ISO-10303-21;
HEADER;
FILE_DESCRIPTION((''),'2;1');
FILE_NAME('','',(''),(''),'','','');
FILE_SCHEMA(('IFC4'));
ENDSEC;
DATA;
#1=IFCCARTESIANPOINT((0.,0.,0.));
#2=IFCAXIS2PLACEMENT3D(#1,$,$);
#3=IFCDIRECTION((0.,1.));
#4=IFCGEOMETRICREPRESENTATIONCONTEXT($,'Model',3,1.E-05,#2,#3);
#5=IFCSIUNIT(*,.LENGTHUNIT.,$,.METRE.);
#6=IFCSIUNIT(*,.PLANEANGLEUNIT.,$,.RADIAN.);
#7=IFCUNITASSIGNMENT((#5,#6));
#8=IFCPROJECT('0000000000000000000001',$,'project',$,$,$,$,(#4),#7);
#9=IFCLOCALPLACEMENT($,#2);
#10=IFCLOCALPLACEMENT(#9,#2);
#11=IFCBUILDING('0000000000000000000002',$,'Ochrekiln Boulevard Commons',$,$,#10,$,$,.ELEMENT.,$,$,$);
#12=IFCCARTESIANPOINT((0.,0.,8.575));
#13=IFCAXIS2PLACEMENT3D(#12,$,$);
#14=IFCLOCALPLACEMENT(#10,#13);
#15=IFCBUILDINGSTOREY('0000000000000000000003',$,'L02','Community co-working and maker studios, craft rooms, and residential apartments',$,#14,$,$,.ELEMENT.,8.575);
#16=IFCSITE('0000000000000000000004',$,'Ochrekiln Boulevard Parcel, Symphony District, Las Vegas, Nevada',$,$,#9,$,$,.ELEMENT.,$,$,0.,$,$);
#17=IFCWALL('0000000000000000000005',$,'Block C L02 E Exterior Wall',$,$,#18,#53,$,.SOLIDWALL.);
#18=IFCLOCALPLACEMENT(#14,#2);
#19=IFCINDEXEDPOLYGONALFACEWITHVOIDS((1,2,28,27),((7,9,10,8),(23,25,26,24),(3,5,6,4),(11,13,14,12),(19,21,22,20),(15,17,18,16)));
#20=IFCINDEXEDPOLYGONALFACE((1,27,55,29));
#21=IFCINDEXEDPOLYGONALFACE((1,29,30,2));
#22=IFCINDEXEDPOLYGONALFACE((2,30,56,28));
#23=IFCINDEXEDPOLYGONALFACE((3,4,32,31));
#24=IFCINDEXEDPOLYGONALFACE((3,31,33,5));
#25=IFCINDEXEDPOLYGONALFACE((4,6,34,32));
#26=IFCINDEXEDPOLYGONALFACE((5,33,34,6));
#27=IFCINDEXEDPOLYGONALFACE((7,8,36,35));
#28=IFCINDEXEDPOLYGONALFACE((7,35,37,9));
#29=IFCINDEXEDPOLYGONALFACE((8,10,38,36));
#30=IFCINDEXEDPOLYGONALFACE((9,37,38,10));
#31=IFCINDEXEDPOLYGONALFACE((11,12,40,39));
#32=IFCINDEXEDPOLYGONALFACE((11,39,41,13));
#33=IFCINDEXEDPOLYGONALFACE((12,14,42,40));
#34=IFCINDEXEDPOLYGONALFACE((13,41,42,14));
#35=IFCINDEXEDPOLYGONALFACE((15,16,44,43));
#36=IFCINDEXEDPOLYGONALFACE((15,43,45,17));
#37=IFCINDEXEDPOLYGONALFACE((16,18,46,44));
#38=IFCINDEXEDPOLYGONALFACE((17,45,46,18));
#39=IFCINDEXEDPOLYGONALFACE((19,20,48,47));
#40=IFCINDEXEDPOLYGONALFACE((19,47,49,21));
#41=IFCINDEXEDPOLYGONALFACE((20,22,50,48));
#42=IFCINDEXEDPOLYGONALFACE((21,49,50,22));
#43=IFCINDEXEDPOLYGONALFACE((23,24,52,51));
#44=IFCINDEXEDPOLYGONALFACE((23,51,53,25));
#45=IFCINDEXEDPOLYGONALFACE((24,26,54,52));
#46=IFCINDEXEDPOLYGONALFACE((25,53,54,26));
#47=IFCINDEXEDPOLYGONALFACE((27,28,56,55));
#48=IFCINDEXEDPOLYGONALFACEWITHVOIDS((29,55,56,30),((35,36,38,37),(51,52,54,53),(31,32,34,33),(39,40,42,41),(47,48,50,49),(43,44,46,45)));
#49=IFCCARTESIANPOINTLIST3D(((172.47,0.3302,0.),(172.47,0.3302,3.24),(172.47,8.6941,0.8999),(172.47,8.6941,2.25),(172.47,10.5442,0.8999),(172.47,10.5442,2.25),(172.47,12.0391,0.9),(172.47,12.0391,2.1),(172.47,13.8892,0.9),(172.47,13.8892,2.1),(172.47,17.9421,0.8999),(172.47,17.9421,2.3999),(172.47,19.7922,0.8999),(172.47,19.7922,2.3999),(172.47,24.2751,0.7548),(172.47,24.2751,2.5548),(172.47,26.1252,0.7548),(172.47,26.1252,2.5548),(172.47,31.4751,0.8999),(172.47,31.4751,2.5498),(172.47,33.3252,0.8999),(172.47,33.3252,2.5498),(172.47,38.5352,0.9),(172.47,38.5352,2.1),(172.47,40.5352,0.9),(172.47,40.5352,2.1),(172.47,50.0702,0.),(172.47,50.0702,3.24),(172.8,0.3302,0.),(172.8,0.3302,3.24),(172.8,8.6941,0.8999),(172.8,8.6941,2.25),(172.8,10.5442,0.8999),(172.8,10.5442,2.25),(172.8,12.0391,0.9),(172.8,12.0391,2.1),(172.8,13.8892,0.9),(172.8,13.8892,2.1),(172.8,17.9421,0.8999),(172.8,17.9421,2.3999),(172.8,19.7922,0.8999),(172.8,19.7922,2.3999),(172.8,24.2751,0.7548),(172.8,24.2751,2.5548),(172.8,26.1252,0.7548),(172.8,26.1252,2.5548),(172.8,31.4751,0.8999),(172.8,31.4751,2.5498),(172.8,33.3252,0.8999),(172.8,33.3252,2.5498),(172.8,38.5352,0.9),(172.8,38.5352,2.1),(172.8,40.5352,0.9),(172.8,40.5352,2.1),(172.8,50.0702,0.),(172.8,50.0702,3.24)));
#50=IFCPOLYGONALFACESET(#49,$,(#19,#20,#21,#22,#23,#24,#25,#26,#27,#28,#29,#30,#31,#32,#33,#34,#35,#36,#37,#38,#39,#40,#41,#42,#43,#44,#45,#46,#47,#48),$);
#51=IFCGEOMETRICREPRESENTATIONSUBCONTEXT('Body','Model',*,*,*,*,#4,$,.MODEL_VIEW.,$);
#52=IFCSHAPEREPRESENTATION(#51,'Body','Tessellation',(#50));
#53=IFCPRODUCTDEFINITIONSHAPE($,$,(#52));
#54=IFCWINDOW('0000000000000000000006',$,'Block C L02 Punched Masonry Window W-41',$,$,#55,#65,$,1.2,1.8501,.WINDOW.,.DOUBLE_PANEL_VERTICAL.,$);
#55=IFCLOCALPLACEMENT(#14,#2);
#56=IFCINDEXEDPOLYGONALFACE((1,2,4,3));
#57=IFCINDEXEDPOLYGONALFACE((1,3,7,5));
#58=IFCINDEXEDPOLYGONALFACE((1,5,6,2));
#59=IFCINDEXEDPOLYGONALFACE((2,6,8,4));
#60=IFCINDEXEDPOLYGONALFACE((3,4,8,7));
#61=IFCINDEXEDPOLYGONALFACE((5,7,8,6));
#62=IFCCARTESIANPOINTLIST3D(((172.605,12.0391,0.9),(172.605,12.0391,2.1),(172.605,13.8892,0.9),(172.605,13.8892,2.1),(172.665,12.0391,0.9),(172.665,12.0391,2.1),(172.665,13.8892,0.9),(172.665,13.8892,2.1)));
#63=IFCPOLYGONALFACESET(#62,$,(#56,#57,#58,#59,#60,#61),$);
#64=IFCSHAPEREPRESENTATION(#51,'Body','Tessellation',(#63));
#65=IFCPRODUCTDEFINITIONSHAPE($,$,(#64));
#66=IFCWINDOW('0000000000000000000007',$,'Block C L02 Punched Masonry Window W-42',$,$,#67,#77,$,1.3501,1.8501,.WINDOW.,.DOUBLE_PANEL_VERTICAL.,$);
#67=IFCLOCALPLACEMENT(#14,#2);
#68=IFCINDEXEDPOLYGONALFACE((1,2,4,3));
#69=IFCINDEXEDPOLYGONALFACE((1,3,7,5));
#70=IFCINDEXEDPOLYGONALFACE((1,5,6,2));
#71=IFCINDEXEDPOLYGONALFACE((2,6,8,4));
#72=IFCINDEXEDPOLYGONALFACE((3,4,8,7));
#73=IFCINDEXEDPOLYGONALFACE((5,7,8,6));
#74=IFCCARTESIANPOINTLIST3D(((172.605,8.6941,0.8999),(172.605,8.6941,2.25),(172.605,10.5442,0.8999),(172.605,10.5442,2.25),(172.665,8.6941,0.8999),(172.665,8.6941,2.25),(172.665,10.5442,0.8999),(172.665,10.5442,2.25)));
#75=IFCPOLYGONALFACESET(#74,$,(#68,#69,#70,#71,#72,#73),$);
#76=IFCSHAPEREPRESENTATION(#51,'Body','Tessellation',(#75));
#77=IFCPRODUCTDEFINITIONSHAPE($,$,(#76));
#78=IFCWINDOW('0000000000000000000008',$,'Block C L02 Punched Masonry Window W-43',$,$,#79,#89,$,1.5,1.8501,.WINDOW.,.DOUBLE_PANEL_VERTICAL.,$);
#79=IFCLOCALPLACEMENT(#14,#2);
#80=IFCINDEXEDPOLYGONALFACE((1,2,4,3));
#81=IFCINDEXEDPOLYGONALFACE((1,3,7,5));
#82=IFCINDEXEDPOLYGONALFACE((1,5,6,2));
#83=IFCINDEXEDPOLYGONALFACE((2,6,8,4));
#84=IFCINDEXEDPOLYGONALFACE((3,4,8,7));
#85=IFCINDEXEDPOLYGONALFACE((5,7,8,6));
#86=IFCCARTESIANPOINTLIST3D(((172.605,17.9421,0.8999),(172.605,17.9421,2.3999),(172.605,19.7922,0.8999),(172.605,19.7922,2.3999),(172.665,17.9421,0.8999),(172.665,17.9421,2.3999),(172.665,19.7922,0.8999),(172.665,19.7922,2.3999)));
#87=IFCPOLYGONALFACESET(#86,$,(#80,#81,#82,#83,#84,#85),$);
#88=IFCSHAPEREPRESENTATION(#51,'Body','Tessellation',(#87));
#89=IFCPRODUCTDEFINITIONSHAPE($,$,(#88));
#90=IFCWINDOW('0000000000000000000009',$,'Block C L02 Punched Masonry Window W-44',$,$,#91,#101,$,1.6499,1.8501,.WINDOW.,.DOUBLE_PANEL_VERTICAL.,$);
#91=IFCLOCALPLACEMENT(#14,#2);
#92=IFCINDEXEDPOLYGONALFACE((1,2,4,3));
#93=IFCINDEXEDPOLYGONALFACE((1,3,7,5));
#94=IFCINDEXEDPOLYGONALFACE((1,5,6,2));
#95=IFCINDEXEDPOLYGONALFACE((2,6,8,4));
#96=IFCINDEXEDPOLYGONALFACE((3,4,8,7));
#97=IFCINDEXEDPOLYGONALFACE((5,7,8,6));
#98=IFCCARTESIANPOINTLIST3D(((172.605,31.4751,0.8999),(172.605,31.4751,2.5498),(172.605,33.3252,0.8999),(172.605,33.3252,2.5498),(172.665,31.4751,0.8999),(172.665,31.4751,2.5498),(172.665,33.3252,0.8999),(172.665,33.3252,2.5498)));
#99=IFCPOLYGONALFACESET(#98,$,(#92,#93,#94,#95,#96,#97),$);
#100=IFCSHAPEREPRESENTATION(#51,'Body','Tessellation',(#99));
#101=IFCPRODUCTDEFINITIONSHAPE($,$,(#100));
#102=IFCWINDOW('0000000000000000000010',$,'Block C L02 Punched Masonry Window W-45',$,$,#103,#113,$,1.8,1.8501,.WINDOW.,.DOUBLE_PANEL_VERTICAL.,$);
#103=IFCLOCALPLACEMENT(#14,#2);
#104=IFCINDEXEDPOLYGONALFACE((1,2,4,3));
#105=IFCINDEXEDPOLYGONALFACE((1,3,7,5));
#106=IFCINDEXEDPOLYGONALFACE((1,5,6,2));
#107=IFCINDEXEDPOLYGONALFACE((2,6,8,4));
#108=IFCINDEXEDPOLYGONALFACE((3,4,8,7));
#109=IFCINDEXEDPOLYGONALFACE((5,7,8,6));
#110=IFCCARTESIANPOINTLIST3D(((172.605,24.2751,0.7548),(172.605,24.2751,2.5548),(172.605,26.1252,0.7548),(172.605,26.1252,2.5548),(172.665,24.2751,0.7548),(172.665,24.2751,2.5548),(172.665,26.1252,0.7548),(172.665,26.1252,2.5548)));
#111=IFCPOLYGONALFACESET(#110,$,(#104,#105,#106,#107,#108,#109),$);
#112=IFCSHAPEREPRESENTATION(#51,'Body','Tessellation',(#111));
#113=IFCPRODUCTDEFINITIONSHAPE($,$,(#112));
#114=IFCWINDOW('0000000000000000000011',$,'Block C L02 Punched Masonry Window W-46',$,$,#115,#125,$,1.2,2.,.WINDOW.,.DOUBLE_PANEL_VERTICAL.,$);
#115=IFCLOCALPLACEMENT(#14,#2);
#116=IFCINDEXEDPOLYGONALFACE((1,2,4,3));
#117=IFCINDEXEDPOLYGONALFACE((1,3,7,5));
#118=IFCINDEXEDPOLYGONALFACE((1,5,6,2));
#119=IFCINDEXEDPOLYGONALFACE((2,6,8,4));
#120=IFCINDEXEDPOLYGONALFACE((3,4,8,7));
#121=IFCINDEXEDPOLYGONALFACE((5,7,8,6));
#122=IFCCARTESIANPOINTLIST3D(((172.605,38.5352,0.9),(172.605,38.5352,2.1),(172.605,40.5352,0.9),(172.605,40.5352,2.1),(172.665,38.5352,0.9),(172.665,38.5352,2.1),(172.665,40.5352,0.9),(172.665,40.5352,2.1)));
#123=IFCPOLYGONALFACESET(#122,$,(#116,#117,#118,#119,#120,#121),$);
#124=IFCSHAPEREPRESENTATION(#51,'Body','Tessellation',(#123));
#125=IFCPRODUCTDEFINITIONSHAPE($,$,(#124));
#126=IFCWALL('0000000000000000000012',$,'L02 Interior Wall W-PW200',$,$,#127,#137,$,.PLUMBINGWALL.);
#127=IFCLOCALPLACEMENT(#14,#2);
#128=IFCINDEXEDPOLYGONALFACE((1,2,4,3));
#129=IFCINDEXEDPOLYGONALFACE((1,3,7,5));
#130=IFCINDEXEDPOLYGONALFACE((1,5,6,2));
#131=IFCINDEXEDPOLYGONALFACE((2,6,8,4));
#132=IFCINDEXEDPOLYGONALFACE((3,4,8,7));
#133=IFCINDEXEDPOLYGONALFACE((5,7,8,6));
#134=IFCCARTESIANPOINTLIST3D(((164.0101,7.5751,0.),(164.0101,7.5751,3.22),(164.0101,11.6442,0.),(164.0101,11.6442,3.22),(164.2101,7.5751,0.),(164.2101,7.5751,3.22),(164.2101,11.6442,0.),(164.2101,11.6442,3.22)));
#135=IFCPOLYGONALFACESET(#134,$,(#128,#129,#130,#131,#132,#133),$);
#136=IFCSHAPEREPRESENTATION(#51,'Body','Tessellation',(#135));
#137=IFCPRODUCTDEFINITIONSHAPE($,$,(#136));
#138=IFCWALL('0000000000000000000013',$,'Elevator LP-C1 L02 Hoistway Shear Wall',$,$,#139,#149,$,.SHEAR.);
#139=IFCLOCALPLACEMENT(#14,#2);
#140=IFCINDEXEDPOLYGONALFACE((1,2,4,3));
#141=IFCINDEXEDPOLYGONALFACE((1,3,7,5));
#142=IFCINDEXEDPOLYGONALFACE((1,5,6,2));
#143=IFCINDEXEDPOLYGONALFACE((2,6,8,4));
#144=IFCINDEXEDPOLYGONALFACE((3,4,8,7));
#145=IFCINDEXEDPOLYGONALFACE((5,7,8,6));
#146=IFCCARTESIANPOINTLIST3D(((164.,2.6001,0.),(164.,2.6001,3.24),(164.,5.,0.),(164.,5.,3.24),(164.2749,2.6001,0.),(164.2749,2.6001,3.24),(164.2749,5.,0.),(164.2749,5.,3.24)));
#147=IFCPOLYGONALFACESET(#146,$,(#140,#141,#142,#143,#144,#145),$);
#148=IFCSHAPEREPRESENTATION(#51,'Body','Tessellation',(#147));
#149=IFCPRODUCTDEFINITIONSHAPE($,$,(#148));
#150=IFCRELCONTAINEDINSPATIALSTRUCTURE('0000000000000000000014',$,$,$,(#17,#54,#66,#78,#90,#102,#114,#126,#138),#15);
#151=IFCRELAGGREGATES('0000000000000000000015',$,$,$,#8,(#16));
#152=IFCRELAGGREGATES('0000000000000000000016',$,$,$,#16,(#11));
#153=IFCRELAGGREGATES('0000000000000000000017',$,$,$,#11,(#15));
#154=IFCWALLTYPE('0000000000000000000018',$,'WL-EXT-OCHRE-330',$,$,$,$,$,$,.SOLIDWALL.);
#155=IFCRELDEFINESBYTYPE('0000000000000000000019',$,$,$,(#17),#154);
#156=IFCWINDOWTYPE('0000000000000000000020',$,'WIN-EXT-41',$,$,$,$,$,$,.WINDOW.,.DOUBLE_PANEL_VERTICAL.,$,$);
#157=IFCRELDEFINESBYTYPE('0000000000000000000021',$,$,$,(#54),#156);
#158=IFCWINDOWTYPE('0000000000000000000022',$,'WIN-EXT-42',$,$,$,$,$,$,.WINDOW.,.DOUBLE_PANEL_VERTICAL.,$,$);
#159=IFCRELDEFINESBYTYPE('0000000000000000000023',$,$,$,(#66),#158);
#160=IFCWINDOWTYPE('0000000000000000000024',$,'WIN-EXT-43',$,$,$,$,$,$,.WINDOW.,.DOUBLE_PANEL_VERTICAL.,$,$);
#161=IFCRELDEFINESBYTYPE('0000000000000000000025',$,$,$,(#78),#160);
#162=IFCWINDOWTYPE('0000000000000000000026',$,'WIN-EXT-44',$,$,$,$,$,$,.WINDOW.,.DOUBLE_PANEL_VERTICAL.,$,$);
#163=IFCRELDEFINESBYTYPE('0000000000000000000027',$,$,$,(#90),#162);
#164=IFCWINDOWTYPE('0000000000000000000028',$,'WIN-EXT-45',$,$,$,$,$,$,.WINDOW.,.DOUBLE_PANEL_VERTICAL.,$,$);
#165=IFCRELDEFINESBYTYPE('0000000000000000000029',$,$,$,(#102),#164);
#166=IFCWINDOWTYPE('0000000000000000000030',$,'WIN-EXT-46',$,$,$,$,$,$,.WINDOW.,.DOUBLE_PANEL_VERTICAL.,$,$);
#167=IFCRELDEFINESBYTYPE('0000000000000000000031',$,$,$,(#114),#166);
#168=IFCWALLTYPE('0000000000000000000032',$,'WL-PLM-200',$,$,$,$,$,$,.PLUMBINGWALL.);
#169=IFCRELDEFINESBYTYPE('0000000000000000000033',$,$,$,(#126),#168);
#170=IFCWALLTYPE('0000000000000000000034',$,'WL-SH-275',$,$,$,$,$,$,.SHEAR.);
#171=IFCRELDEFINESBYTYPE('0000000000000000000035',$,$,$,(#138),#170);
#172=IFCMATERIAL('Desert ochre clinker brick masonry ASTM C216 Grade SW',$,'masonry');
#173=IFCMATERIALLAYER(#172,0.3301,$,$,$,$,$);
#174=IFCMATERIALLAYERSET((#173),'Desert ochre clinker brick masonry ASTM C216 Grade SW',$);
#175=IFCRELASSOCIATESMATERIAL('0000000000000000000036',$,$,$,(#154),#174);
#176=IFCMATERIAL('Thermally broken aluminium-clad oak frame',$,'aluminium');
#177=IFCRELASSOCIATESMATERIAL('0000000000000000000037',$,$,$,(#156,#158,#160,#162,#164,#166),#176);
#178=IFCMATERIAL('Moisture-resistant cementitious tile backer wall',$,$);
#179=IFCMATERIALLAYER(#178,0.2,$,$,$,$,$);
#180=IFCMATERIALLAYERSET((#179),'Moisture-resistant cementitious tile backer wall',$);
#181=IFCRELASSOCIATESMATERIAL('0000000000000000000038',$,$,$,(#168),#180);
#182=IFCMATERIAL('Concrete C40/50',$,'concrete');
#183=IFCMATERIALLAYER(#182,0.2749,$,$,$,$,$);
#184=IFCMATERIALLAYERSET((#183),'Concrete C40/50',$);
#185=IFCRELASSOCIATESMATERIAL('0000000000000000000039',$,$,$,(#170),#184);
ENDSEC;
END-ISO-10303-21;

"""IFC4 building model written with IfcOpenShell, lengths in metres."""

from ifc_helpers import new_model, si_unit, direction, frame, frame_2d, origin, place, context, subcontext, project, spatial, rectangle, extrude, material, layer, layer_set, type_object, element, fill, save


model = new_model("IFC4")

# Units and contexts
model_context = context("Model", 3, precision=1e-05, world=origin(), true_north=direction((0.0, 1.0)))
body_context = subcontext(model_context, "Body", "Model", "MODEL_VIEW")
ifc_project = project(units=[si_unit("LENGTHUNIT", "METRE"), si_unit("PLANEANGLEUNIT", "RADIAN")], contexts=[model_context])

# Site, building, storey
site_placement = place(None, origin())
site = spatial("IfcSite", under=ifc_project, at=site_placement, Name="Ochrekiln Boulevard Parcel, Symphony District, Las Vegas, Nevada", CompositionType="ELEMENT", RefElevation=0.0)
building_placement = place(site_placement, origin())
building = spatial("IfcBuilding", under=site, at=building_placement, Name="Ochrekiln Boulevard Commons", CompositionType="ELEMENT")
storey_placement = place(building_placement, frame((0.0, 0.0, 8.575)))
storey = spatial("IfcBuildingStorey", under=building, at=storey_placement, Name="L02", Description="Community co-working and maker studios, craft rooms, and residential apartments", CompositionType="ELEMENT", Elevation=8.575)

# Shared definitions
ifc_material_1 = material(Name="Concrete C40/50", Category="concrete")

# Wall, openings, windows
ifc_material_2 = material(Name="Desert ochre clinker brick masonry ASTM C216 Grade SW", Category="masonry")
ifc_layer_1 = layer(ifc_material_2, 0.3301)
ifc_layer_set_1 = layer_set([ifc_layer_1], Name="Desert ochre clinker brick masonry ASTM C216 Grade SW")
wall_type_1 = type_object("IfcWallType", Name="WL-EXT-OCHRE-330", PredefinedType="SOLIDWALL", material=ifc_layer_set_1)
wall_1_placement = place(storey_placement, frame((172.635, 0.3301, 0.0), z_axis=(0.0, 0.0, 1.0), x_axis=(0.0, 1.0, 0.0)))
wall_1 = element("IfcWall", 1, at=wall_1_placement, inside=storey, type_object=wall_type_1, Name="Block C L02 E Exterior Wall", PredefinedType="SOLIDWALL", context=body_context, shape_type="SweptSolid", body=[
    extrude(rectangle(XDim=49.74, YDim=0.3301, at=frame_2d((24.8701, 0.0))), origin(), (0.0, 0.0, 1.0), 3.24),
])
opening_1_placement = place(wall_1_placement, frame((11.709, 0.0, 0.8999)))
opening_1 = element("IfcOpeningElement", 2, at=opening_1_placement, cuts=wall_1, PredefinedType="OPENING", context=body_context, shape_type="SweptSolid", body=[
    extrude(rectangle(XDim=1.8501, YDim=1.2, at=frame_2d((0.925, 0.6001))), frame((0.0, 0.175, 0.0), z_axis=(0.0, -1.0, 0.0), x_axis=(1.0, 0.0, 0.0)), (0.0, 0.0, 1.0), 0.3501),
])
opening_2_placement = place(wall_1_placement, frame((8.364, 0.0, 0.8999)))
opening_2 = element("IfcOpeningElement", 3, at=opening_2_placement, cuts=wall_1, PredefinedType="OPENING", context=body_context, shape_type="SweptSolid", body=[
    extrude(rectangle(XDim=1.8501, YDim=1.3501, at=frame_2d((0.925, 0.675))), frame((0.0, 0.175, 0.0), z_axis=(0.0, -1.0, 0.0), x_axis=(1.0, 0.0, 0.0)), (0.0, 0.0, 1.0), 0.3501),
])
opening_3_placement = place(wall_1_placement, frame((17.6121, 0.0, 0.8999)))
opening_3 = element("IfcOpeningElement", 4, at=opening_3_placement, cuts=wall_1, PredefinedType="OPENING", context=body_context, shape_type="SweptSolid", body=[
    extrude(rectangle(XDim=1.8501, YDim=1.5, at=frame_2d((0.925, 0.75))), frame((0.0, 0.175, 0.0), z_axis=(0.0, -1.0, 0.0), x_axis=(1.0, 0.0, 0.0)), (0.0, 0.0, 1.0), 0.3501),
])
opening_4_placement = place(wall_1_placement, frame((31.145, 0.0, 0.8999)))
opening_4 = element("IfcOpeningElement", 5, at=opening_4_placement, cuts=wall_1, PredefinedType="OPENING", context=body_context, shape_type="SweptSolid", body=[
    extrude(rectangle(XDim=1.8501, YDim=1.6499, at=frame_2d((0.925, 0.825))), frame((0.0, 0.175, 0.0), z_axis=(0.0, -1.0, 0.0), x_axis=(1.0, 0.0, 0.0)), (0.0, 0.0, 1.0), 0.3501),
])
opening_5_placement = place(wall_1_placement, frame((23.9451, 0.0, 0.7549)))
opening_5 = element("IfcOpeningElement", 6, at=opening_5_placement, cuts=wall_1, PredefinedType="OPENING", context=body_context, shape_type="SweptSolid", body=[
    extrude(rectangle(XDim=1.8501, YDim=1.8, at=frame_2d((0.925, 0.8999))), frame((0.0, 0.175, 0.0), z_axis=(0.0, -1.0, 0.0), x_axis=(1.0, 0.0, 0.0)), (0.0, 0.0, 1.0), 0.3501),
])
opening_6_placement = place(wall_1_placement, frame((38.2051, 0.0, 0.8999)))
opening_6 = element("IfcOpeningElement", 7, at=opening_6_placement, cuts=wall_1, PredefinedType="OPENING", context=body_context, shape_type="SweptSolid", body=[
    extrude(rectangle(XDim=2.0, YDim=1.2, at=frame_2d((1.0, 0.6001))), frame((0.0, 0.175, 0.0), z_axis=(0.0, -1.0, 0.0), x_axis=(1.0, 0.0, 0.0)), (0.0, 0.0, 1.0), 0.3501),
])
ifc_material_3 = material(Name="Thermally broken aluminium-clad oak frame", Category="aluminium")
window_type_1 = type_object("IfcWindowType", Name="WIN-EXT-41", PartitioningType="DOUBLE_PANEL_VERTICAL", PredefinedType="WINDOW", material=ifc_material_3)
window_1_placement = place(opening_1_placement, origin())
window_1 = element("IfcWindow", 8, at=window_1_placement, inside=storey, type_object=window_type_1, Name="Block C L02 Punched Masonry Window W-41", OverallHeight=1.2, OverallWidth=1.8501, PartitioningType="DOUBLE_PANEL_VERTICAL", PredefinedType="WINDOW", context=body_context, shape_type="SweptSolid", body=[
    extrude(rectangle(XDim=1.8501, YDim=1.2, at=frame_2d((0.925, 0.6001))), frame((0.0, 0.03, 0.0), z_axis=(0.0, -1.0, 0.0), x_axis=(1.0, 0.0, 0.0)), (0.0, 0.0, 1.0), 0.0601),
])
fill(opening_1, window_1)
window_type_2 = type_object("IfcWindowType", Name="WIN-EXT-42", PartitioningType="DOUBLE_PANEL_VERTICAL", PredefinedType="WINDOW", material=ifc_material_3)
window_2_placement = place(opening_2_placement, origin())
window_2 = element("IfcWindow", 9, at=window_2_placement, inside=storey, type_object=window_type_2, Name="Block C L02 Punched Masonry Window W-42", OverallHeight=1.3501, OverallWidth=1.8501, PartitioningType="DOUBLE_PANEL_VERTICAL", PredefinedType="WINDOW", context=body_context, shape_type="SweptSolid", body=[
    extrude(rectangle(XDim=1.8501, YDim=1.3501, at=frame_2d((0.925, 0.675))), frame((0.0, 0.03, 0.0), z_axis=(0.0, -1.0, 0.0), x_axis=(1.0, 0.0, 0.0)), (0.0, 0.0, 1.0), 0.0601),
])
fill(opening_2, window_2)
window_type_3 = type_object("IfcWindowType", Name="WIN-EXT-43", PartitioningType="DOUBLE_PANEL_VERTICAL", PredefinedType="WINDOW", material=ifc_material_3)
window_3_placement = place(opening_3_placement, origin())
window_3 = element("IfcWindow", 10, at=window_3_placement, inside=storey, type_object=window_type_3, Name="Block C L02 Punched Masonry Window W-43", OverallHeight=1.5, OverallWidth=1.8501, PartitioningType="DOUBLE_PANEL_VERTICAL", PredefinedType="WINDOW", context=body_context, shape_type="SweptSolid", body=[
    extrude(rectangle(XDim=1.8501, YDim=1.5, at=frame_2d((0.925, 0.75))), frame((0.0, 0.03, 0.0), z_axis=(0.0, -1.0, 0.0), x_axis=(1.0, 0.0, 0.0)), (0.0, 0.0, 1.0), 0.0601),
])
fill(opening_3, window_3)
window_type_4 = type_object("IfcWindowType", Name="WIN-EXT-44", PartitioningType="DOUBLE_PANEL_VERTICAL", PredefinedType="WINDOW", material=ifc_material_3)
window_4_placement = place(opening_4_placement, origin())
window_4 = element("IfcWindow", 11, at=window_4_placement, inside=storey, type_object=window_type_4, Name="Block C L02 Punched Masonry Window W-44", OverallHeight=1.6499, OverallWidth=1.8501, PartitioningType="DOUBLE_PANEL_VERTICAL", PredefinedType="WINDOW", context=body_context, shape_type="SweptSolid", body=[
    extrude(rectangle(XDim=1.8501, YDim=1.6499, at=frame_2d((0.925, 0.825))), frame((0.0, 0.03, 0.0), z_axis=(0.0, -1.0, 0.0), x_axis=(1.0, 0.0, 0.0)), (0.0, 0.0, 1.0), 0.0601),
])
fill(opening_4, window_4)
window_type_5 = type_object("IfcWindowType", Name="WIN-EXT-45", PartitioningType="DOUBLE_PANEL_VERTICAL", PredefinedType="WINDOW", material=ifc_material_3)
window_5_placement = place(opening_5_placement, origin())
window_5 = element("IfcWindow", 12, at=window_5_placement, inside=storey, type_object=window_type_5, Name="Block C L02 Punched Masonry Window W-45", OverallHeight=1.8, OverallWidth=1.8501, PartitioningType="DOUBLE_PANEL_VERTICAL", PredefinedType="WINDOW", context=body_context, shape_type="SweptSolid", body=[
    extrude(rectangle(XDim=1.8501, YDim=1.8, at=frame_2d((0.925, 0.8999))), frame((0.0, 0.03, 0.0), z_axis=(0.0, -1.0, 0.0), x_axis=(1.0, 0.0, 0.0)), (0.0, 0.0, 1.0), 0.0601),
])
fill(opening_5, window_5)
window_type_6 = type_object("IfcWindowType", Name="WIN-EXT-46", PartitioningType="DOUBLE_PANEL_VERTICAL", PredefinedType="WINDOW", material=ifc_material_3)
window_6_placement = place(opening_6_placement, origin())
window_6 = element("IfcWindow", 13, at=window_6_placement, inside=storey, type_object=window_type_6, Name="Block C L02 Punched Masonry Window W-46", OverallHeight=1.2, OverallWidth=2.0, PartitioningType="DOUBLE_PANEL_VERTICAL", PredefinedType="WINDOW", context=body_context, shape_type="SweptSolid", body=[
    extrude(rectangle(XDim=2.0, YDim=1.2, at=frame_2d((1.0, 0.6001))), frame((0.0, 0.03, 0.0), z_axis=(0.0, -1.0, 0.0), x_axis=(1.0, 0.0, 0.0)), (0.0, 0.0, 1.0), 0.0601),
])
fill(opening_6, window_6)

# Walls
ifc_material_4 = material(Name="Moisture-resistant cementitious tile backer wall")
ifc_layer_2 = layer(ifc_material_4, 0.2)
ifc_layer_set_2 = layer_set([ifc_layer_2], Name="Moisture-resistant cementitious tile backer wall")
wall_type_2 = type_object("IfcWallType", Name="WL-PLM-200", PredefinedType="PLUMBINGWALL", material=ifc_layer_set_2)
wall_2_placement = place(storey_placement, frame((164.1101, 7.575, 0.0), z_axis=(0.0, 0.0, 1.0), x_axis=(0.0, 1.0, 0.0)))
element("IfcWall", 14, at=wall_2_placement, inside=storey, type_object=wall_type_2, Name="L02 Interior Wall W-PW200", PredefinedType="PLUMBINGWALL", context=body_context, shape_type="SweptSolid", body=[
    extrude(rectangle(XDim=4.0691, YDim=0.2, at=frame_2d((2.0347, 0.0))), origin(), (0.0, 0.0, 1.0), 3.22),
])
ifc_layer_3 = layer(ifc_material_1, 0.2749)
ifc_layer_set_3 = layer_set([ifc_layer_3], Name="Concrete C40/50")
wall_type_3 = type_object("IfcWallType", Name="WL-SH-275", PredefinedType="SHEAR", material=ifc_layer_set_3)
wall_3_placement = place(storey_placement, frame((164.1375, 2.6001, 0.0), z_axis=(0.0, 0.0, 1.0), x_axis=(0.0, 1.0, 0.0)))
element("IfcWall", 15, at=wall_3_placement, inside=storey, type_object=wall_type_3, Name="Elevator LP-C1 L02 Hoistway Shear Wall", PredefinedType="SHEAR", context=body_context, shape_type="SweptSolid", body=[
    extrude(rectangle(XDim=2.3999, YDim=0.2749, at=frame_2d((1.2, 0.0))), origin(), (0.0, 0.0, 1.0), 3.24),
])

save(model, "model.ifc")
